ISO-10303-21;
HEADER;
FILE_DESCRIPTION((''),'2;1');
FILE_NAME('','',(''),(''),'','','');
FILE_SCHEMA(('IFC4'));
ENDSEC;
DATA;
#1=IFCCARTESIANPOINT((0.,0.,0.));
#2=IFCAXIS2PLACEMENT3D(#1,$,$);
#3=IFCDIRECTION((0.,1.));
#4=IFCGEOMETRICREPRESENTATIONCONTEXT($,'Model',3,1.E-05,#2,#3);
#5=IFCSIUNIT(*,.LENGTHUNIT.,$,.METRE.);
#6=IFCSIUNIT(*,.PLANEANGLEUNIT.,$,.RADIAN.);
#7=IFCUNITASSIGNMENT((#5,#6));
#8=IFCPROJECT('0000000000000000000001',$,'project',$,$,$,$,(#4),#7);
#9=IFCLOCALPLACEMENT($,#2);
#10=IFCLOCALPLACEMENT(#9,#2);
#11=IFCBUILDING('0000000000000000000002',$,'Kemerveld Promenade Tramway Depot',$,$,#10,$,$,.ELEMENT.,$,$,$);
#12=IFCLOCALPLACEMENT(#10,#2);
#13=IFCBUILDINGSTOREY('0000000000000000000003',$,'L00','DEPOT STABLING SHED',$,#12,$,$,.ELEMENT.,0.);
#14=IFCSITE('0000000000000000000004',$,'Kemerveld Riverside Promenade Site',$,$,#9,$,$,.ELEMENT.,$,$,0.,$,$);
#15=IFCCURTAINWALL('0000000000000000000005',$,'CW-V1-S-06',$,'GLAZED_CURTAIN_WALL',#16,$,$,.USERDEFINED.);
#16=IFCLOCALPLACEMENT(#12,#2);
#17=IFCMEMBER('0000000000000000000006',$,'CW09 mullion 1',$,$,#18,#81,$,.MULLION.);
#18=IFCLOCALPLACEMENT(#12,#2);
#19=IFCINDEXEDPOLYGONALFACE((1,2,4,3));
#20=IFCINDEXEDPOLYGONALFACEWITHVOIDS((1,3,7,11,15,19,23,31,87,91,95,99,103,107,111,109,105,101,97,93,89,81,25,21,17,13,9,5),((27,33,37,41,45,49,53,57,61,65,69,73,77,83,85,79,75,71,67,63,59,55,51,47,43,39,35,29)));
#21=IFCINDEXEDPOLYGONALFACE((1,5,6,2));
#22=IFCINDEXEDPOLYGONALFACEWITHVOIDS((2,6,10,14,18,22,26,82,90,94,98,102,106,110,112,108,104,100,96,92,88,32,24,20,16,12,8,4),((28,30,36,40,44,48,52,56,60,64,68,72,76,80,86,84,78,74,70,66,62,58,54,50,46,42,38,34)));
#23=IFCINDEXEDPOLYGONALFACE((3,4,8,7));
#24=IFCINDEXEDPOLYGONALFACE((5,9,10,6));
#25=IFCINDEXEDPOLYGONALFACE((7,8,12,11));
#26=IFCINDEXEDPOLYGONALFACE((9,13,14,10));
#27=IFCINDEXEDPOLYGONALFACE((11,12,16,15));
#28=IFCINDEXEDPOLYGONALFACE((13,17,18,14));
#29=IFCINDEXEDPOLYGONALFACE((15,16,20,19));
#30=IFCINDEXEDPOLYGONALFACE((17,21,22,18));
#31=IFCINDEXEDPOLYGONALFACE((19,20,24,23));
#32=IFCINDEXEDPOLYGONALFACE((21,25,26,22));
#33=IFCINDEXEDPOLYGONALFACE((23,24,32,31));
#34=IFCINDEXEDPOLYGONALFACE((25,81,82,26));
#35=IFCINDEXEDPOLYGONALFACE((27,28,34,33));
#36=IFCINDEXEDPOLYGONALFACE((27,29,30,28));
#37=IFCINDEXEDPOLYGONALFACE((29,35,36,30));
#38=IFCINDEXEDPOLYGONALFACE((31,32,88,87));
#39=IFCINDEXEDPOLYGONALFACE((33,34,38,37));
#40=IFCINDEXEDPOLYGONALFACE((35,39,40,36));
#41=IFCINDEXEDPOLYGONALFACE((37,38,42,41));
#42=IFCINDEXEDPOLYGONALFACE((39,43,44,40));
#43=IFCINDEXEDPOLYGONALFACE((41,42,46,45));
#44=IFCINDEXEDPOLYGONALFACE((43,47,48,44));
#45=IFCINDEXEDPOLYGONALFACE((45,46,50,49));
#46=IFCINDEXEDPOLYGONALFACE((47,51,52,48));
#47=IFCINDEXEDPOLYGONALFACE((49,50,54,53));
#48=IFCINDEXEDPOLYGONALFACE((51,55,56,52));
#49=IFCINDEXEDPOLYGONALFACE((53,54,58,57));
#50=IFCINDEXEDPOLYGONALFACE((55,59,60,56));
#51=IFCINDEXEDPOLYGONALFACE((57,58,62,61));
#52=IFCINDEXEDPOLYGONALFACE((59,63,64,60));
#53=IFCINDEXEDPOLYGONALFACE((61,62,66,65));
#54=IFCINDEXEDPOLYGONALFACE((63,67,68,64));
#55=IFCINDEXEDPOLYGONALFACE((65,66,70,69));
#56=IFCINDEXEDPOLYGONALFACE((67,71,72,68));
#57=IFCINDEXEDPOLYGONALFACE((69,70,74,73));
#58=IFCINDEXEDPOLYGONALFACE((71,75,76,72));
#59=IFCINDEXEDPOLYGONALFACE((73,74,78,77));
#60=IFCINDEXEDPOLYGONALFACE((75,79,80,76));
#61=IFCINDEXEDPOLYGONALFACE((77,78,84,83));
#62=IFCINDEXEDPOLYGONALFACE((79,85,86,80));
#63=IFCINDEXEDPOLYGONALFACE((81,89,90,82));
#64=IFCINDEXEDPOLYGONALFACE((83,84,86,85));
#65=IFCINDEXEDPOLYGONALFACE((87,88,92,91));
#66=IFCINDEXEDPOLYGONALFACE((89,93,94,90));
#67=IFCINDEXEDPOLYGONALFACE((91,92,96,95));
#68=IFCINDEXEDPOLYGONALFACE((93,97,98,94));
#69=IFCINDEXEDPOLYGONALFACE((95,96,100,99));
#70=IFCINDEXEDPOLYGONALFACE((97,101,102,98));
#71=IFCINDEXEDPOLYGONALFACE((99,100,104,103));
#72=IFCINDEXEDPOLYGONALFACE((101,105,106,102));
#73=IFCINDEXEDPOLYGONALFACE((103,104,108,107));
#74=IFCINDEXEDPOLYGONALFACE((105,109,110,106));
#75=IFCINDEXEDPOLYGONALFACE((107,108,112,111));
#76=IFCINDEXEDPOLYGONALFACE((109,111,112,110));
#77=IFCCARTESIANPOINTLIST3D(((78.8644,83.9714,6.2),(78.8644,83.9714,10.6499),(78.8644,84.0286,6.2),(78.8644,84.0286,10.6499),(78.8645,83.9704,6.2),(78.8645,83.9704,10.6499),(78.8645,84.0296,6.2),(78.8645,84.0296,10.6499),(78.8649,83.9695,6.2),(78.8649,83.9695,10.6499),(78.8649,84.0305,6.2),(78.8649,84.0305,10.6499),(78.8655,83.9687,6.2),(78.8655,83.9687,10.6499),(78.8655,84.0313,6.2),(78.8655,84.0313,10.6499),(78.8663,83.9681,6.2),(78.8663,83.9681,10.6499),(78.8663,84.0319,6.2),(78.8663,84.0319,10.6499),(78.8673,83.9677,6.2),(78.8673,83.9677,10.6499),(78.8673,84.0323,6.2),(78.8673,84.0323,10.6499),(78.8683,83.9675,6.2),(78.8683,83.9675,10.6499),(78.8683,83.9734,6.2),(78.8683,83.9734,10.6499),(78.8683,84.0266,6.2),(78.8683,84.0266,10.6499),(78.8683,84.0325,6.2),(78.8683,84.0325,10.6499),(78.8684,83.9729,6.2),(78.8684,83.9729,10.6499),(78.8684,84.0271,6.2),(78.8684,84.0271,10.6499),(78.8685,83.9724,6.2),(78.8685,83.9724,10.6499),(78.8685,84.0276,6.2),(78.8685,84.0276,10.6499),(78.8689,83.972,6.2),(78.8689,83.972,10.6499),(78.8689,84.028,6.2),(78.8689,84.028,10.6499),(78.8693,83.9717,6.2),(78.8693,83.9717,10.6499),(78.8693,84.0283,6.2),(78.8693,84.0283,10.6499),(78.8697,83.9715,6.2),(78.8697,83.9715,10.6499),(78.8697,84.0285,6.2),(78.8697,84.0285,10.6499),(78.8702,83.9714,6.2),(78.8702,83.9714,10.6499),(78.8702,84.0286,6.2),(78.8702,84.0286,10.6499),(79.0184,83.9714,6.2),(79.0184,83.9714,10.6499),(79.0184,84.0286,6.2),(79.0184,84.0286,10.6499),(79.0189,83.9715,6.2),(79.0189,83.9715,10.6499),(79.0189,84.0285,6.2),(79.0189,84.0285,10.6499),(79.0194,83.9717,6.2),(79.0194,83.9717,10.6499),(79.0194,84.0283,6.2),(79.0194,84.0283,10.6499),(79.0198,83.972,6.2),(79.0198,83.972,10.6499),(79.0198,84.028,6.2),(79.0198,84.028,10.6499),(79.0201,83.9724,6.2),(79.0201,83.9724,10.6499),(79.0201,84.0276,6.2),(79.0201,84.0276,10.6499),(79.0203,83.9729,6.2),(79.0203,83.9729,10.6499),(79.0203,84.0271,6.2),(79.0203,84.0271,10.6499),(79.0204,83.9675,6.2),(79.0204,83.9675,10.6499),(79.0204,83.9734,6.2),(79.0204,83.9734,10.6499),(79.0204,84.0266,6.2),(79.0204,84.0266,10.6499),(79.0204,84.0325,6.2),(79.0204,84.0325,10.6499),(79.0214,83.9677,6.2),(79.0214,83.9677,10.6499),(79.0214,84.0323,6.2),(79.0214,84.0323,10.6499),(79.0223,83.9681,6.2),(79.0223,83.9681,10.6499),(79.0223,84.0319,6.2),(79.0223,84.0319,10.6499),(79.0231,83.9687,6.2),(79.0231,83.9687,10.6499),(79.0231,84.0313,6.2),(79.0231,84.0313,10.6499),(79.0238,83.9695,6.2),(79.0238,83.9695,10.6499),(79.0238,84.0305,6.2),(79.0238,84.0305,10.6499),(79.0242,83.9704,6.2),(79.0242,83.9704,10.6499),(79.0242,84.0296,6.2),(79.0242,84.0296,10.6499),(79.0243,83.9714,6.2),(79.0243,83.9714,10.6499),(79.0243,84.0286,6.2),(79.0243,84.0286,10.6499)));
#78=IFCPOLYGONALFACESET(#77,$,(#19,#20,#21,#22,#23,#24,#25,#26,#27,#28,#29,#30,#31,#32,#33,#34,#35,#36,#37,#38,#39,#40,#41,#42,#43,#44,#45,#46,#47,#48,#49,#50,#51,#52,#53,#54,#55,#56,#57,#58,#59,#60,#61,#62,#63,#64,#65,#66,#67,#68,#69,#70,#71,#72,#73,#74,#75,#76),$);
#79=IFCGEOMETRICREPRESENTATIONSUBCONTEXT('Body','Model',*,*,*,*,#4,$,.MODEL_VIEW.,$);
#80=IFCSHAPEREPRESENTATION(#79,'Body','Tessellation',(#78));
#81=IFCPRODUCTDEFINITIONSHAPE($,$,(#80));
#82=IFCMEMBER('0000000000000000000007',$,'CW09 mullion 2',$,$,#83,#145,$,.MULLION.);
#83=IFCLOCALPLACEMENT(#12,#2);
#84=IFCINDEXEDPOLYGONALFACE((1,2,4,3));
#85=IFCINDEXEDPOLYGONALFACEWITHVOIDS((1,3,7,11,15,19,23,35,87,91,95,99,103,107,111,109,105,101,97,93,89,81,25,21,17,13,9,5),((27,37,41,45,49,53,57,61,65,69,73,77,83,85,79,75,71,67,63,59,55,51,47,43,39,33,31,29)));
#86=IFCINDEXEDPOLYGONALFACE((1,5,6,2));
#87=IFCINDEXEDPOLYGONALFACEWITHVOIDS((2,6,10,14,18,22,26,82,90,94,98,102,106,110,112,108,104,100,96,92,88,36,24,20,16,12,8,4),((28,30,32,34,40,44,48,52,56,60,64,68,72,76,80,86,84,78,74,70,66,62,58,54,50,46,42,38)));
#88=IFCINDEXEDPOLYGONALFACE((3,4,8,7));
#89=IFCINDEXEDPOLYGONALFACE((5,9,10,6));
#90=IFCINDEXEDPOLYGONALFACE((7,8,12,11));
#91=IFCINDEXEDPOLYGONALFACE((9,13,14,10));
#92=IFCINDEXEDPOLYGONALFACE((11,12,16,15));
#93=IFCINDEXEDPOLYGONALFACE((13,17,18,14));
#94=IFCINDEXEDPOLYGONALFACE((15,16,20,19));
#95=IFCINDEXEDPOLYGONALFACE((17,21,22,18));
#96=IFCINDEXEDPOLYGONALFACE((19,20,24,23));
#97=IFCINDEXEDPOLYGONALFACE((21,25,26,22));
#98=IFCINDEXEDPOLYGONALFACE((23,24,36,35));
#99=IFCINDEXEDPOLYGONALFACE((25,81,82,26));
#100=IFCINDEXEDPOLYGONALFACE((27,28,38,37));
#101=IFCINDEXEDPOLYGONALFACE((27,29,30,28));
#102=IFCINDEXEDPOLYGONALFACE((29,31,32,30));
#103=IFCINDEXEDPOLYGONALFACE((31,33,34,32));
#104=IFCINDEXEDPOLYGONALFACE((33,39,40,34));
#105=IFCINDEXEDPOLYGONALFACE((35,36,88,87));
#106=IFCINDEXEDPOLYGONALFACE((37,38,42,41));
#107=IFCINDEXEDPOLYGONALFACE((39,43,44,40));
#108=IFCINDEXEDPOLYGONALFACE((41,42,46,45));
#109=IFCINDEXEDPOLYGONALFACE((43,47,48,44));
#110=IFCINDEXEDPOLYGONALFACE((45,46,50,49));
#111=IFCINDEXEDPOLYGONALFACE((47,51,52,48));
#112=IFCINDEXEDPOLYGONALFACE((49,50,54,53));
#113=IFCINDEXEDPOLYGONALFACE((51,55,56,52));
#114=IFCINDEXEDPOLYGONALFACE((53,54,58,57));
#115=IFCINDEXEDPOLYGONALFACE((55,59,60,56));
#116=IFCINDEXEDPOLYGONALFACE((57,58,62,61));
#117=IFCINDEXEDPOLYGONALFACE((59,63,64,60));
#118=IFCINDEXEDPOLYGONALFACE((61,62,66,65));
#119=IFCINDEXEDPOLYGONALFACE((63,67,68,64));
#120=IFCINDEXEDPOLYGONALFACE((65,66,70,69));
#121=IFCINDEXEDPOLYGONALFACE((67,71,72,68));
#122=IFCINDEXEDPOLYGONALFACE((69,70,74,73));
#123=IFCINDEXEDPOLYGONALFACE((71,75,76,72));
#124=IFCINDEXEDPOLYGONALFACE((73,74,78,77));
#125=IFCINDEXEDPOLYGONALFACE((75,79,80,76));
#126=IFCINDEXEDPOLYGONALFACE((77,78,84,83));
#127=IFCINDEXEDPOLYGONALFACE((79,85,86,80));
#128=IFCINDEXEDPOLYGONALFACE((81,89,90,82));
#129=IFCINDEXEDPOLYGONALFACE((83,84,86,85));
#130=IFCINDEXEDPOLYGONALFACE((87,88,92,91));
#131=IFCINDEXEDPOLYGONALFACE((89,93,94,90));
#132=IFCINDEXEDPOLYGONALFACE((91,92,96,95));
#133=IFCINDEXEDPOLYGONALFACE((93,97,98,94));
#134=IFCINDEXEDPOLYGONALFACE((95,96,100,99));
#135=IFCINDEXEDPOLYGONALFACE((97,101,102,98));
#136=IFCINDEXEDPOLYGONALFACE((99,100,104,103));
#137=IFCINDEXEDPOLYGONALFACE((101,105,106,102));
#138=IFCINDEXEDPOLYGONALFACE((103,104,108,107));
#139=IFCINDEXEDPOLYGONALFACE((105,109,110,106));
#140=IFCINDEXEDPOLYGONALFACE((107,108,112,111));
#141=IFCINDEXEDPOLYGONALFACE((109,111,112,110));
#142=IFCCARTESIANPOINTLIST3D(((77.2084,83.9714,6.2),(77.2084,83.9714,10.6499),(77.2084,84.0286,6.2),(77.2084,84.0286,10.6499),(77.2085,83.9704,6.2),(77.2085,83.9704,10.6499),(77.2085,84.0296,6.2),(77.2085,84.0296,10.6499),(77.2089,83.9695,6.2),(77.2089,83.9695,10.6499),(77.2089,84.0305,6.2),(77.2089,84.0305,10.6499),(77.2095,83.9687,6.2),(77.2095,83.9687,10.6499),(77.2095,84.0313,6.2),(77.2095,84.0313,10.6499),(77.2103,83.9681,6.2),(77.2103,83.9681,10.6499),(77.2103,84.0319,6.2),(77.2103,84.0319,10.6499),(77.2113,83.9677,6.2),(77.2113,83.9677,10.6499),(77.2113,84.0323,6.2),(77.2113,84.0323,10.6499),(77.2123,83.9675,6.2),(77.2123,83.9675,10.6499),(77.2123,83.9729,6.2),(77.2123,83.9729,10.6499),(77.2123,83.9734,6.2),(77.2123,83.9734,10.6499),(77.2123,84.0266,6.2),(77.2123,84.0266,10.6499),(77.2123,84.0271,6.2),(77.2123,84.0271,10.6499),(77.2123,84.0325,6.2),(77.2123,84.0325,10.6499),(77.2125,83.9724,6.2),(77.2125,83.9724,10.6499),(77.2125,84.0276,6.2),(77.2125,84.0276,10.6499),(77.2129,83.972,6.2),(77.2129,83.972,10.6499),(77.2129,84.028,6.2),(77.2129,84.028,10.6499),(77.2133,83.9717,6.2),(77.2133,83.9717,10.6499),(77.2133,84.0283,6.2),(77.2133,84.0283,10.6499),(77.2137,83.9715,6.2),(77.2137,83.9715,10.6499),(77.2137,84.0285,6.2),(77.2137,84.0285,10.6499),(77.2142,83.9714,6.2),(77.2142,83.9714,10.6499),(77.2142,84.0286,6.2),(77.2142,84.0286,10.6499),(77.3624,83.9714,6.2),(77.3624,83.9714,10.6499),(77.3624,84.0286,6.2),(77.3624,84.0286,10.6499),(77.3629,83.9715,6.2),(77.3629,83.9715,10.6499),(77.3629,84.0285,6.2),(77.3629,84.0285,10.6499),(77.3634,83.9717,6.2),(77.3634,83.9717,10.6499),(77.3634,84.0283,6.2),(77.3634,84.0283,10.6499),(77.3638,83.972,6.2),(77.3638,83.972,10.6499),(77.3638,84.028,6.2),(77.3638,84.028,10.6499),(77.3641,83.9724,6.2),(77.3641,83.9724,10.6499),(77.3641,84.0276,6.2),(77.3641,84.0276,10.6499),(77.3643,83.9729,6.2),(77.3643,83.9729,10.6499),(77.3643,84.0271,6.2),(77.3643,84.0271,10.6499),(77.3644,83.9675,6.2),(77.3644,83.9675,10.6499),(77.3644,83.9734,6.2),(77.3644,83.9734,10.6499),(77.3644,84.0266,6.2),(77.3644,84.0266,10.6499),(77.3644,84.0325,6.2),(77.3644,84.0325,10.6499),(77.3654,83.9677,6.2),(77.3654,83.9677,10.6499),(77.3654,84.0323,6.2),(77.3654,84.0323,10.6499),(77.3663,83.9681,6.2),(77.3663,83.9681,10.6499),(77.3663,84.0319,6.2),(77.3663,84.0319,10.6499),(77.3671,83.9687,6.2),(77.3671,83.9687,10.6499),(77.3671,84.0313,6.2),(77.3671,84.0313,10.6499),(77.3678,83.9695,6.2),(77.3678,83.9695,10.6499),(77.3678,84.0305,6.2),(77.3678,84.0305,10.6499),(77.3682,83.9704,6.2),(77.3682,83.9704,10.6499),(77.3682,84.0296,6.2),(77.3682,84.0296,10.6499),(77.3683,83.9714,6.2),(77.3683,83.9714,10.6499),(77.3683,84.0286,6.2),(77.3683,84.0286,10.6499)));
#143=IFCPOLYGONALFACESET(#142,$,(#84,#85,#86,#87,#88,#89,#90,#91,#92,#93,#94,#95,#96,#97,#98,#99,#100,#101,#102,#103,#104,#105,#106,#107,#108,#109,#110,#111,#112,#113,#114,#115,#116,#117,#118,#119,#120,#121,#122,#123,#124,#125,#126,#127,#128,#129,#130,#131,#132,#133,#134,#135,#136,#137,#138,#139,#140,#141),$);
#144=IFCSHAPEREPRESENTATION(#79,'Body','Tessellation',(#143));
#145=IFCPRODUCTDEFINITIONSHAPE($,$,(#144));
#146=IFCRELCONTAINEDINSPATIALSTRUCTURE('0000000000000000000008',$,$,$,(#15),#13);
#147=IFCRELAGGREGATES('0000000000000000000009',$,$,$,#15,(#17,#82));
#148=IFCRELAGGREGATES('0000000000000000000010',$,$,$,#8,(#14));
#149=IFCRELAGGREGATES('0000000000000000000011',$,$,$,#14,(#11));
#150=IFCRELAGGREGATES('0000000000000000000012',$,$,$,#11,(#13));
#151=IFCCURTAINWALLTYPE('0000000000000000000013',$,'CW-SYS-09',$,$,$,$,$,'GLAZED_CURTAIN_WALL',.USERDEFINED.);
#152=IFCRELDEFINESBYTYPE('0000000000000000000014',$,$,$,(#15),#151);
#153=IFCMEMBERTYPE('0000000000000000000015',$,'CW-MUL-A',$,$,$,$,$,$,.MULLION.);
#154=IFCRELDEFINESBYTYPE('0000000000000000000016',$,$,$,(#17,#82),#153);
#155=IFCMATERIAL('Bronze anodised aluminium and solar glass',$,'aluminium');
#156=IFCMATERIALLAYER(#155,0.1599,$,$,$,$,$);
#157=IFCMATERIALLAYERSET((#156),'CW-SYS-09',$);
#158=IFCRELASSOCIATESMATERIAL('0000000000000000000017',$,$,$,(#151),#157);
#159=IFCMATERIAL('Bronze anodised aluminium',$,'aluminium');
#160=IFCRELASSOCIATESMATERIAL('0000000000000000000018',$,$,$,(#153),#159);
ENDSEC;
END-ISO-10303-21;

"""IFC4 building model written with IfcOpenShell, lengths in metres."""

from ifc_helpers import new_model, si_unit, direction, frame, origin, origin_2d, place, context, subcontext, project, spatial, hollow_rectangle, extrude, material, layer, layer_set, material_profile, profile_set, type_object, element, aggregate, save


model = new_model("IFC4")

# Units and contexts
model_context = context("Model", 3, precision=1e-05, world=origin(), true_north=direction((0.0, 1.0)))
body_context = subcontext(model_context, "Body", "Model", "MODEL_VIEW")
ifc_project = project(units=[si_unit("LENGTHUNIT", "METRE"), si_unit("PLANEANGLEUNIT", "RADIAN")], contexts=[model_context])

# Site, building, storey
site_placement = place(None, origin())
site = spatial("IfcSite", under=ifc_project, at=site_placement, Name="Kemerveld Riverside Promenade Site", CompositionType="ELEMENT", RefElevation=0.0)
building_placement = place(site_placement, origin())
building = spatial("IfcBuilding", under=site, at=building_placement, Name="Kemerveld Promenade Tramway Depot", CompositionType="ELEMENT")
storey_placement = place(building_placement, origin())
storey = spatial("IfcBuildingStorey", under=building, at=storey_placement, Name="L00", Description="DEPOT STABLING SHED", CompositionType="ELEMENT", Elevation=0.0)

# Curtain wall, members
ifc_material_1 = material(Name="Bronze anodised aluminium and solar glass", Category="aluminium")
ifc_layer_1 = layer(ifc_material_1, 0.1599)
ifc_layer_set_1 = layer_set([ifc_layer_1], Name="CW-SYS-09")
curtain_wall_type_1 = type_object("IfcCurtainWallType", Name="CW-SYS-09", ElementType="GLAZED_CURTAIN_WALL", PredefinedType="USERDEFINED", material=ifc_layer_set_1)
curtain_wall_1_placement = place(storey_placement, origin())
curtain_wall_1 = element("IfcCurtainWall", 1, at=curtain_wall_1_placement, inside=storey, type_object=curtain_wall_type_1, Name="CW-V1-S-06", ObjectType="GLAZED_CURTAIN_WALL", PredefinedType="USERDEFINED")
ifc_material_2 = material(Name="Bronze anodised aluminium", Category="aluminium")
ifc_material_profile_1 = material_profile(ifc_material_2, hollow_rectangle(XDim=0.0649, YDim=0.1599, WallThickness=0.0039, InnerFilletRadius=0.002, OuterFilletRadius=0.0039, at=origin_2d()), Name="CW-MUL-160x65")
ifc_profile_set_1 = profile_set([ifc_material_profile_1], Name="Bronze anodised aluminium")
member_type_1 = type_object("IfcMemberType", Name="CW-MUL-A", PredefinedType="MULLION", material=ifc_profile_set_1)
member_1_placement = place(storey_placement, frame((78.9443, 84.0, 6.2), z_axis=(0.0, 0.0, 1.0), x_axis=(0.0, -1.0, 0.0)))
member_1 = element("IfcMember", 2, at=member_1_placement, type_object=member_type_1, Name="CW09 mullion 1", PredefinedType="MULLION", context=body_context, shape_type="SweptSolid", body=[
    extrude(hollow_rectangle(XDim=0.0649, YDim=0.1599, WallThickness=0.0039, InnerFilletRadius=0.002, OuterFilletRadius=0.0039, at=origin_2d()), origin(), (0.0, 0.0, 1.0), 4.45),
])
member_2_placement = place(storey_placement, frame((77.2883, 84.0, 6.2), z_axis=(0.0, 0.0, 1.0), x_axis=(0.0, -1.0, 0.0)))
member_2 = element("IfcMember", 3, at=member_2_placement, type_object=member_type_1, Name="CW09 mullion 2", PredefinedType="MULLION", context=body_context, shape_type="SweptSolid", body=[
    extrude(hollow_rectangle(XDim=0.0649, YDim=0.1599, WallThickness=0.0039, InnerFilletRadius=0.002, OuterFilletRadius=0.0039, at=origin_2d()), origin(), (0.0, 0.0, 1.0), 4.45),
])

aggregate(curtain_wall_1, [member_1, member_2])

save(model, "model.ifc")
